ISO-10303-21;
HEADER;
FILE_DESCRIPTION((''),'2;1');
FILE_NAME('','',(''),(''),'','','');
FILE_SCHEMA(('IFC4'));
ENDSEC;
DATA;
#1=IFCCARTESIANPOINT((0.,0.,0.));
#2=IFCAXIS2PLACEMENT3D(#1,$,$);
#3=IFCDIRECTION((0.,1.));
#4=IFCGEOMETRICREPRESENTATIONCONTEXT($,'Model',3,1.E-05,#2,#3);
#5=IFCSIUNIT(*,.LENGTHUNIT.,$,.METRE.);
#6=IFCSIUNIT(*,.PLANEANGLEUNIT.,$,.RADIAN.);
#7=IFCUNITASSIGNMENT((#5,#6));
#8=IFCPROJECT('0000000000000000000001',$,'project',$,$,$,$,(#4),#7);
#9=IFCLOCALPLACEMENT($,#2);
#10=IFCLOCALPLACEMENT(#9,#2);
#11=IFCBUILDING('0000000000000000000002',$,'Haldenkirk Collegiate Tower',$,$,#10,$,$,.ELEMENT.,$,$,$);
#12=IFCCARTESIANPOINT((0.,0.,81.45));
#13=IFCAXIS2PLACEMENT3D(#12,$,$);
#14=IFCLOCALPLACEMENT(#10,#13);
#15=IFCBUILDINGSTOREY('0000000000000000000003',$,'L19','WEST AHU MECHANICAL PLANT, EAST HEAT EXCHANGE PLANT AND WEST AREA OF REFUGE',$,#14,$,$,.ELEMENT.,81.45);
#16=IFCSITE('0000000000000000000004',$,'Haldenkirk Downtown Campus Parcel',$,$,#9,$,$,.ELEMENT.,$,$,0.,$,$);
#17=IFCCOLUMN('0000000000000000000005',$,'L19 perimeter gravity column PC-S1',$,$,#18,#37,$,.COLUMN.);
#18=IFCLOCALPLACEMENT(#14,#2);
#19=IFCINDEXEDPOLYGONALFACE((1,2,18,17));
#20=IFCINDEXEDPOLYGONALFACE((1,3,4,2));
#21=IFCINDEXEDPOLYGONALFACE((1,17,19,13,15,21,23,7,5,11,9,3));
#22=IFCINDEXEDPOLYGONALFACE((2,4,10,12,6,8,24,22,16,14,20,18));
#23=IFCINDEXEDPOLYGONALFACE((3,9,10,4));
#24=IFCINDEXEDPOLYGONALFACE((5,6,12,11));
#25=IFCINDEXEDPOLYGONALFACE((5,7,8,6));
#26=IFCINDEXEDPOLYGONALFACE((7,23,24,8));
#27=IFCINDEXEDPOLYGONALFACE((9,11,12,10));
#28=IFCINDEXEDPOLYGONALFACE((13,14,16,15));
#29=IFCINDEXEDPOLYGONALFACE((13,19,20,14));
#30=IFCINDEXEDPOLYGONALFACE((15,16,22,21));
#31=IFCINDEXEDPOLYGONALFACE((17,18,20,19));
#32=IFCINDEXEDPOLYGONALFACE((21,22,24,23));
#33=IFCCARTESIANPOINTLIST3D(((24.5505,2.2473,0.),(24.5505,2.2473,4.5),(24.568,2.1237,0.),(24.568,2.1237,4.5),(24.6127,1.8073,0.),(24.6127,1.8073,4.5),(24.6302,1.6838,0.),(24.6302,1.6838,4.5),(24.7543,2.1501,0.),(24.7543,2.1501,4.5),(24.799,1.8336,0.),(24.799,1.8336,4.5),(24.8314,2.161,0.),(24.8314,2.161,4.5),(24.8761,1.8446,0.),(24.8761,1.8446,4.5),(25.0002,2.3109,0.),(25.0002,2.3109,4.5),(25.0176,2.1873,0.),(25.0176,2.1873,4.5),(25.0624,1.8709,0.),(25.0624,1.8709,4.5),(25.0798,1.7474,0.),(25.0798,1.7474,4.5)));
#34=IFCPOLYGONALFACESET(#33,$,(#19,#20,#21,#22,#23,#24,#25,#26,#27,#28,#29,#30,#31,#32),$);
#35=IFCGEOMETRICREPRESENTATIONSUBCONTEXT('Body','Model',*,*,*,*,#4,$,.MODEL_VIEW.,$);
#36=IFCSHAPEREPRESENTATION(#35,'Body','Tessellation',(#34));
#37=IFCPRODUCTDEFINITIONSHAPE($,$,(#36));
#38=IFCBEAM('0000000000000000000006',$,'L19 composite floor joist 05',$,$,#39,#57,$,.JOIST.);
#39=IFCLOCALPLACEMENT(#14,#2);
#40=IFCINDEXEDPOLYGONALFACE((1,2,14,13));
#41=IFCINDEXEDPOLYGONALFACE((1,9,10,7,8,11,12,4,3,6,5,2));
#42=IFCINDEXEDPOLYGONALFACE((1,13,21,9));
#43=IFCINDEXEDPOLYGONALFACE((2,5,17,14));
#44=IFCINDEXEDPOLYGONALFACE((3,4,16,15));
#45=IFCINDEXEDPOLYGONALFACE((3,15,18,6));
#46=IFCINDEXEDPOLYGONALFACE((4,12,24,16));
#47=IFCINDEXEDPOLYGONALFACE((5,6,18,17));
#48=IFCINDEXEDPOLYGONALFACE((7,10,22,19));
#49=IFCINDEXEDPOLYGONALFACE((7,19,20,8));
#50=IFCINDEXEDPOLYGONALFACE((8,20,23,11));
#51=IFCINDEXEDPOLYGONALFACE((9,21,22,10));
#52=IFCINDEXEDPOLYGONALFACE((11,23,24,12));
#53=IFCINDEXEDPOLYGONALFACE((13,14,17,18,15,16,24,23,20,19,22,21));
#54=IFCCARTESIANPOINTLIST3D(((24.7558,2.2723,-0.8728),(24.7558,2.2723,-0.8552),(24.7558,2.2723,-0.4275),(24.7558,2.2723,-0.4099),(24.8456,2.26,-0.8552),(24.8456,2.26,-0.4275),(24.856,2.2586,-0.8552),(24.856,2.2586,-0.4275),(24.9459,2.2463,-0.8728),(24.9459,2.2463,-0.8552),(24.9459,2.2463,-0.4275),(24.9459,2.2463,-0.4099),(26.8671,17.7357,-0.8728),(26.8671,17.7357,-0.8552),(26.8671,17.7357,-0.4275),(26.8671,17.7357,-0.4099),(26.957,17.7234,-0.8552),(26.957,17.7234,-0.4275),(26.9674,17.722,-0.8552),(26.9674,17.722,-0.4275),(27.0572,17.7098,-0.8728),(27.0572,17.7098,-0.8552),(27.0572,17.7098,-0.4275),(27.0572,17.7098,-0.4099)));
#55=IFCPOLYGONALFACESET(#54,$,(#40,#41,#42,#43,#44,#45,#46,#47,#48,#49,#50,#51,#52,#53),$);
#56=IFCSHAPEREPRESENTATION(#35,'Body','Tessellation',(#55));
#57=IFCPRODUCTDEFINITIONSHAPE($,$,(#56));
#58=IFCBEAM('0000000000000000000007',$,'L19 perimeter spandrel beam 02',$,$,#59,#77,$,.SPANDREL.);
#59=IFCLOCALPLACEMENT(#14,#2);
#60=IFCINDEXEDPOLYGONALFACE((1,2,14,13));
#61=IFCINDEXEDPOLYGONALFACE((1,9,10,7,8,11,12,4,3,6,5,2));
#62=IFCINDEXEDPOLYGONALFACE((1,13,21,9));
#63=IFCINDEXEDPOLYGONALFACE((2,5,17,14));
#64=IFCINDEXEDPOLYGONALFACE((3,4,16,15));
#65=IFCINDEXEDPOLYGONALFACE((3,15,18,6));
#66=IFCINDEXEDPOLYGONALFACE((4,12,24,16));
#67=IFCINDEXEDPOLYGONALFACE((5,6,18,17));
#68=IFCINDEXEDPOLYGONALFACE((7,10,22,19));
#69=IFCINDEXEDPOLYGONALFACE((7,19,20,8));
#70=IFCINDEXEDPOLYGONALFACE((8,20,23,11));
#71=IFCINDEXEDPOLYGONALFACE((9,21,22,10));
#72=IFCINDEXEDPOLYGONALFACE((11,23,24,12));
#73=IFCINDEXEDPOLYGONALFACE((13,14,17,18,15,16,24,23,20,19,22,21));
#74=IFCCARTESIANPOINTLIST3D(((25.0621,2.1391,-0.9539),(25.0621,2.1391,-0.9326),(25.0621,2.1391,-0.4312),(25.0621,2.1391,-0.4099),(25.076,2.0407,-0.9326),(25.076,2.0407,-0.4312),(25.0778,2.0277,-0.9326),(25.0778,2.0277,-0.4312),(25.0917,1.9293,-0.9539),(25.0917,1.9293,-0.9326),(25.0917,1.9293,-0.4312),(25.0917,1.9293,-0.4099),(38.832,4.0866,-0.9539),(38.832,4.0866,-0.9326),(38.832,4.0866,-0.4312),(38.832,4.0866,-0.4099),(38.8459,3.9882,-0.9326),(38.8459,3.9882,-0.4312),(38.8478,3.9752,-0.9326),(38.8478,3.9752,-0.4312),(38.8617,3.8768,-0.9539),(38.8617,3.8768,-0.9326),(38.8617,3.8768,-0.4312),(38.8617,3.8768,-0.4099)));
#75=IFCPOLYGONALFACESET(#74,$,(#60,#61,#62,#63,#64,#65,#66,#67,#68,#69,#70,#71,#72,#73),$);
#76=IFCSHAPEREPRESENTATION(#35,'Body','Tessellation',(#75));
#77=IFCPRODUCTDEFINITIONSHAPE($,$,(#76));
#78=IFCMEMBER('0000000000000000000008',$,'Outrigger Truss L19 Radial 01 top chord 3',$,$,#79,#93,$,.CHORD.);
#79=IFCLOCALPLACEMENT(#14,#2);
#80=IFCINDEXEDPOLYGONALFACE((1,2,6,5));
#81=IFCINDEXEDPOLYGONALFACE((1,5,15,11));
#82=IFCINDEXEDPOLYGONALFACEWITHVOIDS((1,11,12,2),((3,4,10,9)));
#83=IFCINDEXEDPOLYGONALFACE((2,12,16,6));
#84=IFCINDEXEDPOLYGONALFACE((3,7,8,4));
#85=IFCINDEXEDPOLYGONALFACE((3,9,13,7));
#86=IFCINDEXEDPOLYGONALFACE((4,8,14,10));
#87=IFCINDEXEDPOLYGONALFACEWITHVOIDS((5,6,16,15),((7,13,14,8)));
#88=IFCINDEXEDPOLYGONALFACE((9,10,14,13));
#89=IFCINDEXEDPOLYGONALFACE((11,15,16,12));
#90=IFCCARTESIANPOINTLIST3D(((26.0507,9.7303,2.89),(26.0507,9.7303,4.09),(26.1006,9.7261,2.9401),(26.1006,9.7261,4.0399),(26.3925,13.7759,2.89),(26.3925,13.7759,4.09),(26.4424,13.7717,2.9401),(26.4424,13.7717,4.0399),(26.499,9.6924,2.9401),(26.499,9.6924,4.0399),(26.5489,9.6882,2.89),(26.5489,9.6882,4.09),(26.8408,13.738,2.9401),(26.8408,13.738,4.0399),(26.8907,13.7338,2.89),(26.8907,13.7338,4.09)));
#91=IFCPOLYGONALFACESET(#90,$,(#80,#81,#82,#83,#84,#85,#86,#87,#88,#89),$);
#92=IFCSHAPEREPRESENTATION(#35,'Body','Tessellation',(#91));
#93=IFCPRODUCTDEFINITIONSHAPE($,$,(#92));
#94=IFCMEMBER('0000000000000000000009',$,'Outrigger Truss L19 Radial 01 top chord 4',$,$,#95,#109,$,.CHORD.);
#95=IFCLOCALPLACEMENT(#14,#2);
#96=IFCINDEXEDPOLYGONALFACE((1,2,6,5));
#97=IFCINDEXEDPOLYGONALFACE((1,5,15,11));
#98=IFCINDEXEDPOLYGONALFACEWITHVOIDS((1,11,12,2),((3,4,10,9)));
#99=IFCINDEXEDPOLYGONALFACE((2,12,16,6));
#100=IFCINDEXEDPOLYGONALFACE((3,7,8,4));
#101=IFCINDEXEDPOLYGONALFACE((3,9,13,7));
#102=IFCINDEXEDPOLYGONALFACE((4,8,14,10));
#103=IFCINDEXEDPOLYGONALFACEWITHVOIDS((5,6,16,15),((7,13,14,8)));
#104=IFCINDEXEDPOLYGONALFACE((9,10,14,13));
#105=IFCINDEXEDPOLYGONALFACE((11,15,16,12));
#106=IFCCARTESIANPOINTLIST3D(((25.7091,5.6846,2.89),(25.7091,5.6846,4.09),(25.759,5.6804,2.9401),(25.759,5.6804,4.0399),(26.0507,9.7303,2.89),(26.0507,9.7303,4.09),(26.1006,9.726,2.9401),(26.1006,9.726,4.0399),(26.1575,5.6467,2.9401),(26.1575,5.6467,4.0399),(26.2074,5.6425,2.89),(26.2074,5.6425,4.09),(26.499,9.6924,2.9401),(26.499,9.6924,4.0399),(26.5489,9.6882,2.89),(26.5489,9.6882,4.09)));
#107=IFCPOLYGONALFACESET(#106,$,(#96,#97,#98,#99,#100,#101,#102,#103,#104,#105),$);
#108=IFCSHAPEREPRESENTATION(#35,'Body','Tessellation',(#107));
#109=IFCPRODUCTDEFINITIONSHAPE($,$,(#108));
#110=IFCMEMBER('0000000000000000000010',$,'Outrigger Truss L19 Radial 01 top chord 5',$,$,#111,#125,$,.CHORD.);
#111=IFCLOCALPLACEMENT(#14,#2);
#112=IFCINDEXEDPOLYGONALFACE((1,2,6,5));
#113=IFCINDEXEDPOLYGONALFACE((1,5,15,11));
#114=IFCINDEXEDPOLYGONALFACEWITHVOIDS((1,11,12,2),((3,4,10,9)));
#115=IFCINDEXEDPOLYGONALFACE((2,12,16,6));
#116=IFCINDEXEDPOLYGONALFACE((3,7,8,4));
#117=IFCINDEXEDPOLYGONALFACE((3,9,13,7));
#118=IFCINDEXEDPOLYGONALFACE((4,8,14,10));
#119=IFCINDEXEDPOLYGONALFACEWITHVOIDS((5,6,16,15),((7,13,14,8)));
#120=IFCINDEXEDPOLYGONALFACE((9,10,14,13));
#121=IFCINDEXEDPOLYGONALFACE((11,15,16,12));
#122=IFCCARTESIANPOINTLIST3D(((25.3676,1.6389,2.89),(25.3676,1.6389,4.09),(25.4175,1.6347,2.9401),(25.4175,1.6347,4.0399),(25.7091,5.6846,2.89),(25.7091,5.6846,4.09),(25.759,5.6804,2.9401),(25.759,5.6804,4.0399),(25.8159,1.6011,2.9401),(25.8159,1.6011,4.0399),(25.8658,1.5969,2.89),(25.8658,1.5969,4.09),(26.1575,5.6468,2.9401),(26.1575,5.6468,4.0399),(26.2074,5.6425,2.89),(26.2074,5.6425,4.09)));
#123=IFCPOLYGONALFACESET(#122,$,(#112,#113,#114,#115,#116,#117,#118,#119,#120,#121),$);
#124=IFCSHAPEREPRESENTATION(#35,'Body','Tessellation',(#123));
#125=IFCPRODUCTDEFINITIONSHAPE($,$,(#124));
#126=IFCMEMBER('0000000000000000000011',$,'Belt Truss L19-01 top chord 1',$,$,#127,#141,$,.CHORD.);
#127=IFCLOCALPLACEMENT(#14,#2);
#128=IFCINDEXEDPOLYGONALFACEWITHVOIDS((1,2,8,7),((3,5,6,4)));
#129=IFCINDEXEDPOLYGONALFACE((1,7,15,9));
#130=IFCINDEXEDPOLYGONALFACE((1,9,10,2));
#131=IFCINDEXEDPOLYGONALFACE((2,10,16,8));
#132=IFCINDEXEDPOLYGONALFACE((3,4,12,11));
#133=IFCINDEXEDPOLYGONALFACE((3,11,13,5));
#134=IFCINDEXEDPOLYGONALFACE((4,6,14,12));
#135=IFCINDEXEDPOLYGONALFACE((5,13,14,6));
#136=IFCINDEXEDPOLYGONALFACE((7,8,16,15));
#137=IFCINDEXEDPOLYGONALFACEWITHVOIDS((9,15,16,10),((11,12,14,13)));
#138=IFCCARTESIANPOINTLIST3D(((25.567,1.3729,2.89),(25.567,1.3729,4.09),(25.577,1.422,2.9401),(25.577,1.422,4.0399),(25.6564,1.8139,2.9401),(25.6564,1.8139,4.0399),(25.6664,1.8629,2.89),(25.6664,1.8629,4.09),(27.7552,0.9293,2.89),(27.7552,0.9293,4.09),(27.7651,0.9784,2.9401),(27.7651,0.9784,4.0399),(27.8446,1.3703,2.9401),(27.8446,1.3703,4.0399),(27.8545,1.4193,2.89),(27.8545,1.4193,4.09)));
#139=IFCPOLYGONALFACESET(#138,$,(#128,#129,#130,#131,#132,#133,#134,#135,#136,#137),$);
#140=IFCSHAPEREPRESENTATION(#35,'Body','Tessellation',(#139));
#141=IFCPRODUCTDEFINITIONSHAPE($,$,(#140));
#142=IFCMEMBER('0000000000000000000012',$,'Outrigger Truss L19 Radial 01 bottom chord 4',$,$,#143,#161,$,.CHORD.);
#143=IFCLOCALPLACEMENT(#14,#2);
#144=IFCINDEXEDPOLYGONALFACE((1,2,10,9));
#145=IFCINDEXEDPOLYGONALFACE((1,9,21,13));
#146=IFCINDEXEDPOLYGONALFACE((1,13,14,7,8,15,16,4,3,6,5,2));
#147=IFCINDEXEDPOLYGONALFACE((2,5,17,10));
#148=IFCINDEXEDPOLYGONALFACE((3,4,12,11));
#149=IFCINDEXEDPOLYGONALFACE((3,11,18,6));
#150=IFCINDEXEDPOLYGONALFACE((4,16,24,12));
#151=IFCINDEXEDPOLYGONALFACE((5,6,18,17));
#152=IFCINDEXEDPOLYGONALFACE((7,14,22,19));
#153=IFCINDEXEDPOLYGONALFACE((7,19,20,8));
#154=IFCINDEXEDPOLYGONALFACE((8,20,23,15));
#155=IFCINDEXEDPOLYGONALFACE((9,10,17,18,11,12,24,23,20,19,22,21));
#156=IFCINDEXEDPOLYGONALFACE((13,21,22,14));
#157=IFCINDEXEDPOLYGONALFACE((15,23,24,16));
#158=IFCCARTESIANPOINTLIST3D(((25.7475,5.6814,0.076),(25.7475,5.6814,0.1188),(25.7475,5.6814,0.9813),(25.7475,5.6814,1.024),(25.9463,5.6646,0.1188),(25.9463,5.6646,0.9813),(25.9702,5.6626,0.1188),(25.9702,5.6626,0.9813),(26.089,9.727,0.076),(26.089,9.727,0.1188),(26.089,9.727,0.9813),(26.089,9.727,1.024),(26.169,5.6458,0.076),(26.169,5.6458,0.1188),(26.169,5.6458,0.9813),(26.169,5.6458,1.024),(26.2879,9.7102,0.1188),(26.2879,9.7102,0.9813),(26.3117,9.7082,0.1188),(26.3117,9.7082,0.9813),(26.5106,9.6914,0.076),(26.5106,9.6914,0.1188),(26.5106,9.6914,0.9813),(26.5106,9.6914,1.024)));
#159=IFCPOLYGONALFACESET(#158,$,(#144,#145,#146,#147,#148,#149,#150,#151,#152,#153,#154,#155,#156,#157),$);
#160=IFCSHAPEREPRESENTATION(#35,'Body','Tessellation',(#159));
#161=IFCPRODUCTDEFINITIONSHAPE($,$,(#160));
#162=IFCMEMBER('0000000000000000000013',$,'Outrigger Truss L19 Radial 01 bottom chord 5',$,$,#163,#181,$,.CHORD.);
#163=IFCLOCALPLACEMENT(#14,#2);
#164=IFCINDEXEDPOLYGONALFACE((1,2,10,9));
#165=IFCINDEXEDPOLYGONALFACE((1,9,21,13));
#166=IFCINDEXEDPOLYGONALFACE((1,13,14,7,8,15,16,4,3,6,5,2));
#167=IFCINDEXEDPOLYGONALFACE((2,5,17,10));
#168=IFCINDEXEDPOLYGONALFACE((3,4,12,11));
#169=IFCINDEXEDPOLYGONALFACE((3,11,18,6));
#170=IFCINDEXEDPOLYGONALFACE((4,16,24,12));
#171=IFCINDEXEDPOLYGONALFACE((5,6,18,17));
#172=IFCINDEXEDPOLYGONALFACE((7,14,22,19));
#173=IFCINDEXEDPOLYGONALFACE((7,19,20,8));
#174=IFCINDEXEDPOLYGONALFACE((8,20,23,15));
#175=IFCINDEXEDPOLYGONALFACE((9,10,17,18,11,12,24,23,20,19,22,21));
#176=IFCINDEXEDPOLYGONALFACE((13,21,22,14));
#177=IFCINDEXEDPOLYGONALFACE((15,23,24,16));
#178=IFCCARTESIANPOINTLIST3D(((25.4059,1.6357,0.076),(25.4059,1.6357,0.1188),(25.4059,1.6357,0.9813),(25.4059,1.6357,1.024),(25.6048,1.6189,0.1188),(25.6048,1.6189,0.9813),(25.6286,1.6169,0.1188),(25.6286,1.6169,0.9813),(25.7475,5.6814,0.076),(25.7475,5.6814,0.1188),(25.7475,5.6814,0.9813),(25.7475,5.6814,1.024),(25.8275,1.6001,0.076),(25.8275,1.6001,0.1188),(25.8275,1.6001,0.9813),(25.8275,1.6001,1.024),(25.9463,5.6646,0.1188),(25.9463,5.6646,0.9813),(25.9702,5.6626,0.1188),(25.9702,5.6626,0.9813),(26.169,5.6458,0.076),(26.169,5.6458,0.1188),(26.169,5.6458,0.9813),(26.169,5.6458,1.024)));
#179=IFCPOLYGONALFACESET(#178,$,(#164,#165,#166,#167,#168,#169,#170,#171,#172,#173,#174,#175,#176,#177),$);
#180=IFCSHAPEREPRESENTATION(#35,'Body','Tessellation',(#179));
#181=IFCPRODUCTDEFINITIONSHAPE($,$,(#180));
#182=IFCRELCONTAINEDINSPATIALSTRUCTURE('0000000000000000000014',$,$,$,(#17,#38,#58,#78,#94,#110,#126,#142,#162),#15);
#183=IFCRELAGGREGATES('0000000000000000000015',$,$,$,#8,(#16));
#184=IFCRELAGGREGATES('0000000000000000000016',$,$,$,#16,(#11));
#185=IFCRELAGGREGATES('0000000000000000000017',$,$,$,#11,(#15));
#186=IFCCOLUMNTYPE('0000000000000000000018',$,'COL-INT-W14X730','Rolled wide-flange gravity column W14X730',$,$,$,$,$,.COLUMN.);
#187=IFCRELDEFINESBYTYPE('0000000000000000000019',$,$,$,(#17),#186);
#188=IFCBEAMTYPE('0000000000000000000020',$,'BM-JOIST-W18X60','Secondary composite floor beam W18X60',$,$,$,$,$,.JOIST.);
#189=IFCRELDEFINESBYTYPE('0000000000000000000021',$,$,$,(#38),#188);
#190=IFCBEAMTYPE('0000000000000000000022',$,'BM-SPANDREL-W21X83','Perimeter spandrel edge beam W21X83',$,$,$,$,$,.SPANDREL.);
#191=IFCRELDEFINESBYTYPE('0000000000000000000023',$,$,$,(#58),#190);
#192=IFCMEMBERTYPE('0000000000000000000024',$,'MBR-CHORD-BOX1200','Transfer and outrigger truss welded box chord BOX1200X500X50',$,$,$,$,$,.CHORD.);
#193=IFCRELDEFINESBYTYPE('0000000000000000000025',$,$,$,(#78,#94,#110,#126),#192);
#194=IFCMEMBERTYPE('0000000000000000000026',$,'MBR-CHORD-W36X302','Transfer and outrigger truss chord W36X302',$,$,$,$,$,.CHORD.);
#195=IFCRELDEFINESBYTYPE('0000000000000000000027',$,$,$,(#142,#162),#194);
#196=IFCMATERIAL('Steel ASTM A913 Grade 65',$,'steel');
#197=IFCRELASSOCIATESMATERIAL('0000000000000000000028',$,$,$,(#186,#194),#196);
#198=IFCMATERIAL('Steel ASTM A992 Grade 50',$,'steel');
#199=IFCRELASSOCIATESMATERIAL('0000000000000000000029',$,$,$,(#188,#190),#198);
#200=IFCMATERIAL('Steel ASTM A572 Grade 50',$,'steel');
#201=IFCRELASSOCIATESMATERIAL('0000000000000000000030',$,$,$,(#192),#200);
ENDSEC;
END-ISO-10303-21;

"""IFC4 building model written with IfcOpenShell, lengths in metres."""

from ifc_helpers import new_model, si_unit, direction, frame, origin, origin_2d, place, context, subcontext, project, spatial, hollow_rectangle, i_section, extrude, material, material_profile, profile_set, type_object, element, save


model = new_model("IFC4")

# Units and contexts
model_context = context("Model", 3, precision=1e-05, world=origin(), true_north=direction((0.0, 1.0)))
body_context = subcontext(model_context, "Body", "Model", "MODEL_VIEW")
ifc_project = project(units=[si_unit("LENGTHUNIT", "METRE"), si_unit("PLANEANGLEUNIT", "RADIAN")], contexts=[model_context])

# Site, building, storey
site_placement = place(None, origin())
site = spatial("IfcSite", under=ifc_project, at=site_placement, Name="Haldenkirk Downtown Campus Parcel", CompositionType="ELEMENT", RefElevation=0.0)
building_placement = place(site_placement, origin())
building = spatial("IfcBuilding", under=site, at=building_placement, Name="Haldenkirk Collegiate Tower", CompositionType="ELEMENT")
storey_placement = place(building_placement, frame((0.0, 0.0, 81.45)))
storey = spatial("IfcBuildingStorey", under=building, at=storey_placement, Name="L19", Description="WEST AHU MECHANICAL PLANT, EAST HEAT EXCHANGE PLANT AND WEST AREA OF REFUGE", CompositionType="ELEMENT", Elevation=81.45)

# Column
ifc_material_1 = material(Name="Steel ASTM A913 Grade 65", Category="steel")
ifc_material_profile_1 = material_profile(ifc_material_1, i_section(OverallWidth=0.4541, OverallDepth=0.5691, WebThickness=0.0779, FlangeThickness=0.1248, at=origin_2d()), Name="W14X730")
ifc_profile_set_1 = profile_set([ifc_material_profile_1], Name="Steel ASTM A913 Grade 65")
column_type = type_object("IfcColumnType", Name="COL-INT-W14X730", Description="Rolled wide-flange gravity column W14X730", PredefinedType="COLUMN", material=ifc_profile_set_1)
column_placement = place(storey_placement, frame((24.8152, 1.9973, 0.0), z_axis=(0.0, 0.0, 1.0), x_axis=(0.990146, 0.140037, 0.0)))
element("IfcColumn", 1, at=column_placement, inside=storey, type_object=column_type, Name="L19 perimeter gravity column PC-S1", PredefinedType="COLUMN", context=body_context, shape_type="SweptSolid", body=[
    extrude(i_section(OverallWidth=0.4541, OverallDepth=0.5691, WebThickness=0.0779, FlangeThickness=0.1248, at=origin_2d()), origin(), (0.0, 0.0, 1.0), 4.5),
])

# Beams
ifc_material_2 = material(Name="Steel ASTM A992 Grade 50", Category="steel")
ifc_material_profile_2 = material_profile(ifc_material_2, i_section(OverallWidth=0.1919, OverallDepth=0.4629, WebThickness=0.0105, FlangeThickness=0.0176, at=origin_2d()), Name="W18X60")
ifc_profile_set_2 = profile_set([ifc_material_profile_2], Name="Steel ASTM A992 Grade 50")
beam_type_1 = type_object("IfcBeamType", Name="BM-JOIST-W18X60", Description="Secondary composite floor beam W18X60", PredefinedType="JOIST", material=ifc_profile_set_2)
beam_1_placement = place(storey_placement, frame((24.8508, 2.2593, -0.6414), z_axis=(0.135282, 0.990807, 0.0), x_axis=(-0.990807, 0.135282, 0.0)))
element("IfcBeam", 2, at=beam_1_placement, inside=storey, type_object=beam_type_1, Name="L19 composite floor joist 05", PredefinedType="JOIST", context=body_context, shape_type="SweptSolid", body=[
    extrude(i_section(OverallWidth=0.1919, OverallDepth=0.4629, WebThickness=0.0105, FlangeThickness=0.0176, at=origin_2d()), origin(), (0.0, 0.0, 1.0), 15.6069),
])
ifc_material_profile_3 = material_profile(ifc_material_2, i_section(OverallWidth=0.2119, OverallDepth=0.5439, WebThickness=0.0132, FlangeThickness=0.0212, at=origin_2d()), Name="W21X83")
ifc_profile_set_3 = profile_set([ifc_material_profile_3], Name="Steel ASTM A992 Grade 50")
beam_type_2 = type_object("IfcBeamType", Name="BM-SPANDREL-W21X83", Description="Perimeter spandrel edge beam W21X83", PredefinedType="SPANDREL", material=ifc_profile_set_3)
beam_2_placement = place(storey_placement, frame((25.0769, 2.0342, -0.6819), z_axis=(0.990146, 0.140038, 0.0), x_axis=(-0.140038, 0.990146, 0.0)))
element("IfcBeam", 3, at=beam_2_placement, inside=storey, type_object=beam_type_2, Name="L19 perimeter spandrel beam 02", PredefinedType="SPANDREL", context=body_context, shape_type="SweptSolid", body=[
    extrude(i_section(OverallWidth=0.2119, OverallDepth=0.5439, WebThickness=0.0132, FlangeThickness=0.0212, at=origin_2d()), origin(), (0.0, 0.0, 1.0), 13.907),
])

# Members
ifc_material_3 = material(Name="Steel ASTM A572 Grade 50", Category="steel")
ifc_material_profile_4 = material_profile(ifc_material_3, hollow_rectangle(XDim=0.5, YDim=1.2, WallThickness=0.05, at=origin_2d()), Name="BOX1200X500X50")
ifc_profile_set_4 = profile_set([ifc_material_profile_4], Name="Steel ASTM A572 Grade 50")
member_type_1 = type_object("IfcMemberType", Name="MBR-CHORD-BOX1200", Description="Transfer and outrigger truss welded box chord BOX1200X500X50", PredefinedType="CHORD", material=ifc_profile_set_4)
for number, where, z_axis, x_axis, name in (
    (4, (26.6416, 13.7549, 3.49), (-0.084185, -0.99645, 0.0), (0.99645, -0.084185, 0.0), "Outrigger Truss L19 Radial 01 top chord 3"),
    (5, (26.2998, 9.7092, 3.49), (-0.084125, -0.996455, 0.0), (0.996455, -0.084125, 0.0), "Outrigger Truss L19 Radial 01 top chord 4"),
    (6, (25.9583, 5.6636, 3.49), (-0.084125, -0.996455, 0.0), (0.996455, -0.084125, 0.0), "Outrigger Truss L19 Radial 01 top chord 5"),
):
    element("IfcMember", number, at=place(storey_placement, frame(where, z_axis=z_axis, x_axis=x_axis)), inside=storey, type_object=member_type_1, Name=name, PredefinedType="CHORD", context=body_context, shape_type="SweptSolid", body=[
        extrude(hollow_rectangle(XDim=0.5, YDim=1.2, WallThickness=0.05, at=origin_2d()), origin(), (0.0, 0.0, 1.0), 4.0601),
    ])
member_1_placement = place(storey_placement, frame((25.6167, 1.6179, 3.49), z_axis=(0.980064, -0.198681, 0.0), x_axis=(0.198681, 0.980064, 0.0)))
element("IfcMember", 7, at=member_1_placement, inside=storey, type_object=member_type_1, Name="Belt Truss L19-01 top chord 1", PredefinedType="CHORD", context=body_context, shape_type="SweptSolid", body=[
    extrude(hollow_rectangle(XDim=0.5, YDim=1.2, WallThickness=0.05, at=origin_2d()), origin(), (0.0, 0.0, 1.0), 2.2327),
])
ifc_material_profile_5 = material_profile(ifc_material_1, i_section(OverallWidth=0.4231, OverallDepth=0.948, WebThickness=0.0239, FlangeThickness=0.0427, at=origin_2d()), Name="W36X302")
ifc_profile_set_5 = profile_set([ifc_material_profile_5], Name="Steel ASTM A913 Grade 65")
member_type_2 = type_object("IfcMemberType", Name="MBR-CHORD-W36X302", Description="Transfer and outrigger truss chord W36X302", PredefinedType="CHORD", material=ifc_profile_set_5)
for number, where, z_axis, x_axis, name in (
    (8, (26.2998, 9.7092, 0.55), (-0.084125, -0.996455, 0.0), (0.996455, -0.084125, 0.0), "Outrigger Truss L19 Radial 01 bottom chord 4"),
    (9, (25.9583, 5.6636, 0.55), (-0.084125, -0.996455, 0.0), (0.996455, -0.084125, 0.0), "Outrigger Truss L19 Radial 01 bottom chord 5"),
):
    element("IfcMember", number, at=place(storey_placement, frame(where, z_axis=z_axis, x_axis=x_axis)), inside=storey, type_object=member_type_2, Name=name, PredefinedType="CHORD", context=body_context, shape_type="SweptSolid", body=[
        extrude(i_section(OverallWidth=0.4231, OverallDepth=0.948, WebThickness=0.0239, FlangeThickness=0.0427, at=origin_2d()), origin(), (0.0, 0.0, 1.0), 4.0601),
    ])

save(model, "model.ifc")
